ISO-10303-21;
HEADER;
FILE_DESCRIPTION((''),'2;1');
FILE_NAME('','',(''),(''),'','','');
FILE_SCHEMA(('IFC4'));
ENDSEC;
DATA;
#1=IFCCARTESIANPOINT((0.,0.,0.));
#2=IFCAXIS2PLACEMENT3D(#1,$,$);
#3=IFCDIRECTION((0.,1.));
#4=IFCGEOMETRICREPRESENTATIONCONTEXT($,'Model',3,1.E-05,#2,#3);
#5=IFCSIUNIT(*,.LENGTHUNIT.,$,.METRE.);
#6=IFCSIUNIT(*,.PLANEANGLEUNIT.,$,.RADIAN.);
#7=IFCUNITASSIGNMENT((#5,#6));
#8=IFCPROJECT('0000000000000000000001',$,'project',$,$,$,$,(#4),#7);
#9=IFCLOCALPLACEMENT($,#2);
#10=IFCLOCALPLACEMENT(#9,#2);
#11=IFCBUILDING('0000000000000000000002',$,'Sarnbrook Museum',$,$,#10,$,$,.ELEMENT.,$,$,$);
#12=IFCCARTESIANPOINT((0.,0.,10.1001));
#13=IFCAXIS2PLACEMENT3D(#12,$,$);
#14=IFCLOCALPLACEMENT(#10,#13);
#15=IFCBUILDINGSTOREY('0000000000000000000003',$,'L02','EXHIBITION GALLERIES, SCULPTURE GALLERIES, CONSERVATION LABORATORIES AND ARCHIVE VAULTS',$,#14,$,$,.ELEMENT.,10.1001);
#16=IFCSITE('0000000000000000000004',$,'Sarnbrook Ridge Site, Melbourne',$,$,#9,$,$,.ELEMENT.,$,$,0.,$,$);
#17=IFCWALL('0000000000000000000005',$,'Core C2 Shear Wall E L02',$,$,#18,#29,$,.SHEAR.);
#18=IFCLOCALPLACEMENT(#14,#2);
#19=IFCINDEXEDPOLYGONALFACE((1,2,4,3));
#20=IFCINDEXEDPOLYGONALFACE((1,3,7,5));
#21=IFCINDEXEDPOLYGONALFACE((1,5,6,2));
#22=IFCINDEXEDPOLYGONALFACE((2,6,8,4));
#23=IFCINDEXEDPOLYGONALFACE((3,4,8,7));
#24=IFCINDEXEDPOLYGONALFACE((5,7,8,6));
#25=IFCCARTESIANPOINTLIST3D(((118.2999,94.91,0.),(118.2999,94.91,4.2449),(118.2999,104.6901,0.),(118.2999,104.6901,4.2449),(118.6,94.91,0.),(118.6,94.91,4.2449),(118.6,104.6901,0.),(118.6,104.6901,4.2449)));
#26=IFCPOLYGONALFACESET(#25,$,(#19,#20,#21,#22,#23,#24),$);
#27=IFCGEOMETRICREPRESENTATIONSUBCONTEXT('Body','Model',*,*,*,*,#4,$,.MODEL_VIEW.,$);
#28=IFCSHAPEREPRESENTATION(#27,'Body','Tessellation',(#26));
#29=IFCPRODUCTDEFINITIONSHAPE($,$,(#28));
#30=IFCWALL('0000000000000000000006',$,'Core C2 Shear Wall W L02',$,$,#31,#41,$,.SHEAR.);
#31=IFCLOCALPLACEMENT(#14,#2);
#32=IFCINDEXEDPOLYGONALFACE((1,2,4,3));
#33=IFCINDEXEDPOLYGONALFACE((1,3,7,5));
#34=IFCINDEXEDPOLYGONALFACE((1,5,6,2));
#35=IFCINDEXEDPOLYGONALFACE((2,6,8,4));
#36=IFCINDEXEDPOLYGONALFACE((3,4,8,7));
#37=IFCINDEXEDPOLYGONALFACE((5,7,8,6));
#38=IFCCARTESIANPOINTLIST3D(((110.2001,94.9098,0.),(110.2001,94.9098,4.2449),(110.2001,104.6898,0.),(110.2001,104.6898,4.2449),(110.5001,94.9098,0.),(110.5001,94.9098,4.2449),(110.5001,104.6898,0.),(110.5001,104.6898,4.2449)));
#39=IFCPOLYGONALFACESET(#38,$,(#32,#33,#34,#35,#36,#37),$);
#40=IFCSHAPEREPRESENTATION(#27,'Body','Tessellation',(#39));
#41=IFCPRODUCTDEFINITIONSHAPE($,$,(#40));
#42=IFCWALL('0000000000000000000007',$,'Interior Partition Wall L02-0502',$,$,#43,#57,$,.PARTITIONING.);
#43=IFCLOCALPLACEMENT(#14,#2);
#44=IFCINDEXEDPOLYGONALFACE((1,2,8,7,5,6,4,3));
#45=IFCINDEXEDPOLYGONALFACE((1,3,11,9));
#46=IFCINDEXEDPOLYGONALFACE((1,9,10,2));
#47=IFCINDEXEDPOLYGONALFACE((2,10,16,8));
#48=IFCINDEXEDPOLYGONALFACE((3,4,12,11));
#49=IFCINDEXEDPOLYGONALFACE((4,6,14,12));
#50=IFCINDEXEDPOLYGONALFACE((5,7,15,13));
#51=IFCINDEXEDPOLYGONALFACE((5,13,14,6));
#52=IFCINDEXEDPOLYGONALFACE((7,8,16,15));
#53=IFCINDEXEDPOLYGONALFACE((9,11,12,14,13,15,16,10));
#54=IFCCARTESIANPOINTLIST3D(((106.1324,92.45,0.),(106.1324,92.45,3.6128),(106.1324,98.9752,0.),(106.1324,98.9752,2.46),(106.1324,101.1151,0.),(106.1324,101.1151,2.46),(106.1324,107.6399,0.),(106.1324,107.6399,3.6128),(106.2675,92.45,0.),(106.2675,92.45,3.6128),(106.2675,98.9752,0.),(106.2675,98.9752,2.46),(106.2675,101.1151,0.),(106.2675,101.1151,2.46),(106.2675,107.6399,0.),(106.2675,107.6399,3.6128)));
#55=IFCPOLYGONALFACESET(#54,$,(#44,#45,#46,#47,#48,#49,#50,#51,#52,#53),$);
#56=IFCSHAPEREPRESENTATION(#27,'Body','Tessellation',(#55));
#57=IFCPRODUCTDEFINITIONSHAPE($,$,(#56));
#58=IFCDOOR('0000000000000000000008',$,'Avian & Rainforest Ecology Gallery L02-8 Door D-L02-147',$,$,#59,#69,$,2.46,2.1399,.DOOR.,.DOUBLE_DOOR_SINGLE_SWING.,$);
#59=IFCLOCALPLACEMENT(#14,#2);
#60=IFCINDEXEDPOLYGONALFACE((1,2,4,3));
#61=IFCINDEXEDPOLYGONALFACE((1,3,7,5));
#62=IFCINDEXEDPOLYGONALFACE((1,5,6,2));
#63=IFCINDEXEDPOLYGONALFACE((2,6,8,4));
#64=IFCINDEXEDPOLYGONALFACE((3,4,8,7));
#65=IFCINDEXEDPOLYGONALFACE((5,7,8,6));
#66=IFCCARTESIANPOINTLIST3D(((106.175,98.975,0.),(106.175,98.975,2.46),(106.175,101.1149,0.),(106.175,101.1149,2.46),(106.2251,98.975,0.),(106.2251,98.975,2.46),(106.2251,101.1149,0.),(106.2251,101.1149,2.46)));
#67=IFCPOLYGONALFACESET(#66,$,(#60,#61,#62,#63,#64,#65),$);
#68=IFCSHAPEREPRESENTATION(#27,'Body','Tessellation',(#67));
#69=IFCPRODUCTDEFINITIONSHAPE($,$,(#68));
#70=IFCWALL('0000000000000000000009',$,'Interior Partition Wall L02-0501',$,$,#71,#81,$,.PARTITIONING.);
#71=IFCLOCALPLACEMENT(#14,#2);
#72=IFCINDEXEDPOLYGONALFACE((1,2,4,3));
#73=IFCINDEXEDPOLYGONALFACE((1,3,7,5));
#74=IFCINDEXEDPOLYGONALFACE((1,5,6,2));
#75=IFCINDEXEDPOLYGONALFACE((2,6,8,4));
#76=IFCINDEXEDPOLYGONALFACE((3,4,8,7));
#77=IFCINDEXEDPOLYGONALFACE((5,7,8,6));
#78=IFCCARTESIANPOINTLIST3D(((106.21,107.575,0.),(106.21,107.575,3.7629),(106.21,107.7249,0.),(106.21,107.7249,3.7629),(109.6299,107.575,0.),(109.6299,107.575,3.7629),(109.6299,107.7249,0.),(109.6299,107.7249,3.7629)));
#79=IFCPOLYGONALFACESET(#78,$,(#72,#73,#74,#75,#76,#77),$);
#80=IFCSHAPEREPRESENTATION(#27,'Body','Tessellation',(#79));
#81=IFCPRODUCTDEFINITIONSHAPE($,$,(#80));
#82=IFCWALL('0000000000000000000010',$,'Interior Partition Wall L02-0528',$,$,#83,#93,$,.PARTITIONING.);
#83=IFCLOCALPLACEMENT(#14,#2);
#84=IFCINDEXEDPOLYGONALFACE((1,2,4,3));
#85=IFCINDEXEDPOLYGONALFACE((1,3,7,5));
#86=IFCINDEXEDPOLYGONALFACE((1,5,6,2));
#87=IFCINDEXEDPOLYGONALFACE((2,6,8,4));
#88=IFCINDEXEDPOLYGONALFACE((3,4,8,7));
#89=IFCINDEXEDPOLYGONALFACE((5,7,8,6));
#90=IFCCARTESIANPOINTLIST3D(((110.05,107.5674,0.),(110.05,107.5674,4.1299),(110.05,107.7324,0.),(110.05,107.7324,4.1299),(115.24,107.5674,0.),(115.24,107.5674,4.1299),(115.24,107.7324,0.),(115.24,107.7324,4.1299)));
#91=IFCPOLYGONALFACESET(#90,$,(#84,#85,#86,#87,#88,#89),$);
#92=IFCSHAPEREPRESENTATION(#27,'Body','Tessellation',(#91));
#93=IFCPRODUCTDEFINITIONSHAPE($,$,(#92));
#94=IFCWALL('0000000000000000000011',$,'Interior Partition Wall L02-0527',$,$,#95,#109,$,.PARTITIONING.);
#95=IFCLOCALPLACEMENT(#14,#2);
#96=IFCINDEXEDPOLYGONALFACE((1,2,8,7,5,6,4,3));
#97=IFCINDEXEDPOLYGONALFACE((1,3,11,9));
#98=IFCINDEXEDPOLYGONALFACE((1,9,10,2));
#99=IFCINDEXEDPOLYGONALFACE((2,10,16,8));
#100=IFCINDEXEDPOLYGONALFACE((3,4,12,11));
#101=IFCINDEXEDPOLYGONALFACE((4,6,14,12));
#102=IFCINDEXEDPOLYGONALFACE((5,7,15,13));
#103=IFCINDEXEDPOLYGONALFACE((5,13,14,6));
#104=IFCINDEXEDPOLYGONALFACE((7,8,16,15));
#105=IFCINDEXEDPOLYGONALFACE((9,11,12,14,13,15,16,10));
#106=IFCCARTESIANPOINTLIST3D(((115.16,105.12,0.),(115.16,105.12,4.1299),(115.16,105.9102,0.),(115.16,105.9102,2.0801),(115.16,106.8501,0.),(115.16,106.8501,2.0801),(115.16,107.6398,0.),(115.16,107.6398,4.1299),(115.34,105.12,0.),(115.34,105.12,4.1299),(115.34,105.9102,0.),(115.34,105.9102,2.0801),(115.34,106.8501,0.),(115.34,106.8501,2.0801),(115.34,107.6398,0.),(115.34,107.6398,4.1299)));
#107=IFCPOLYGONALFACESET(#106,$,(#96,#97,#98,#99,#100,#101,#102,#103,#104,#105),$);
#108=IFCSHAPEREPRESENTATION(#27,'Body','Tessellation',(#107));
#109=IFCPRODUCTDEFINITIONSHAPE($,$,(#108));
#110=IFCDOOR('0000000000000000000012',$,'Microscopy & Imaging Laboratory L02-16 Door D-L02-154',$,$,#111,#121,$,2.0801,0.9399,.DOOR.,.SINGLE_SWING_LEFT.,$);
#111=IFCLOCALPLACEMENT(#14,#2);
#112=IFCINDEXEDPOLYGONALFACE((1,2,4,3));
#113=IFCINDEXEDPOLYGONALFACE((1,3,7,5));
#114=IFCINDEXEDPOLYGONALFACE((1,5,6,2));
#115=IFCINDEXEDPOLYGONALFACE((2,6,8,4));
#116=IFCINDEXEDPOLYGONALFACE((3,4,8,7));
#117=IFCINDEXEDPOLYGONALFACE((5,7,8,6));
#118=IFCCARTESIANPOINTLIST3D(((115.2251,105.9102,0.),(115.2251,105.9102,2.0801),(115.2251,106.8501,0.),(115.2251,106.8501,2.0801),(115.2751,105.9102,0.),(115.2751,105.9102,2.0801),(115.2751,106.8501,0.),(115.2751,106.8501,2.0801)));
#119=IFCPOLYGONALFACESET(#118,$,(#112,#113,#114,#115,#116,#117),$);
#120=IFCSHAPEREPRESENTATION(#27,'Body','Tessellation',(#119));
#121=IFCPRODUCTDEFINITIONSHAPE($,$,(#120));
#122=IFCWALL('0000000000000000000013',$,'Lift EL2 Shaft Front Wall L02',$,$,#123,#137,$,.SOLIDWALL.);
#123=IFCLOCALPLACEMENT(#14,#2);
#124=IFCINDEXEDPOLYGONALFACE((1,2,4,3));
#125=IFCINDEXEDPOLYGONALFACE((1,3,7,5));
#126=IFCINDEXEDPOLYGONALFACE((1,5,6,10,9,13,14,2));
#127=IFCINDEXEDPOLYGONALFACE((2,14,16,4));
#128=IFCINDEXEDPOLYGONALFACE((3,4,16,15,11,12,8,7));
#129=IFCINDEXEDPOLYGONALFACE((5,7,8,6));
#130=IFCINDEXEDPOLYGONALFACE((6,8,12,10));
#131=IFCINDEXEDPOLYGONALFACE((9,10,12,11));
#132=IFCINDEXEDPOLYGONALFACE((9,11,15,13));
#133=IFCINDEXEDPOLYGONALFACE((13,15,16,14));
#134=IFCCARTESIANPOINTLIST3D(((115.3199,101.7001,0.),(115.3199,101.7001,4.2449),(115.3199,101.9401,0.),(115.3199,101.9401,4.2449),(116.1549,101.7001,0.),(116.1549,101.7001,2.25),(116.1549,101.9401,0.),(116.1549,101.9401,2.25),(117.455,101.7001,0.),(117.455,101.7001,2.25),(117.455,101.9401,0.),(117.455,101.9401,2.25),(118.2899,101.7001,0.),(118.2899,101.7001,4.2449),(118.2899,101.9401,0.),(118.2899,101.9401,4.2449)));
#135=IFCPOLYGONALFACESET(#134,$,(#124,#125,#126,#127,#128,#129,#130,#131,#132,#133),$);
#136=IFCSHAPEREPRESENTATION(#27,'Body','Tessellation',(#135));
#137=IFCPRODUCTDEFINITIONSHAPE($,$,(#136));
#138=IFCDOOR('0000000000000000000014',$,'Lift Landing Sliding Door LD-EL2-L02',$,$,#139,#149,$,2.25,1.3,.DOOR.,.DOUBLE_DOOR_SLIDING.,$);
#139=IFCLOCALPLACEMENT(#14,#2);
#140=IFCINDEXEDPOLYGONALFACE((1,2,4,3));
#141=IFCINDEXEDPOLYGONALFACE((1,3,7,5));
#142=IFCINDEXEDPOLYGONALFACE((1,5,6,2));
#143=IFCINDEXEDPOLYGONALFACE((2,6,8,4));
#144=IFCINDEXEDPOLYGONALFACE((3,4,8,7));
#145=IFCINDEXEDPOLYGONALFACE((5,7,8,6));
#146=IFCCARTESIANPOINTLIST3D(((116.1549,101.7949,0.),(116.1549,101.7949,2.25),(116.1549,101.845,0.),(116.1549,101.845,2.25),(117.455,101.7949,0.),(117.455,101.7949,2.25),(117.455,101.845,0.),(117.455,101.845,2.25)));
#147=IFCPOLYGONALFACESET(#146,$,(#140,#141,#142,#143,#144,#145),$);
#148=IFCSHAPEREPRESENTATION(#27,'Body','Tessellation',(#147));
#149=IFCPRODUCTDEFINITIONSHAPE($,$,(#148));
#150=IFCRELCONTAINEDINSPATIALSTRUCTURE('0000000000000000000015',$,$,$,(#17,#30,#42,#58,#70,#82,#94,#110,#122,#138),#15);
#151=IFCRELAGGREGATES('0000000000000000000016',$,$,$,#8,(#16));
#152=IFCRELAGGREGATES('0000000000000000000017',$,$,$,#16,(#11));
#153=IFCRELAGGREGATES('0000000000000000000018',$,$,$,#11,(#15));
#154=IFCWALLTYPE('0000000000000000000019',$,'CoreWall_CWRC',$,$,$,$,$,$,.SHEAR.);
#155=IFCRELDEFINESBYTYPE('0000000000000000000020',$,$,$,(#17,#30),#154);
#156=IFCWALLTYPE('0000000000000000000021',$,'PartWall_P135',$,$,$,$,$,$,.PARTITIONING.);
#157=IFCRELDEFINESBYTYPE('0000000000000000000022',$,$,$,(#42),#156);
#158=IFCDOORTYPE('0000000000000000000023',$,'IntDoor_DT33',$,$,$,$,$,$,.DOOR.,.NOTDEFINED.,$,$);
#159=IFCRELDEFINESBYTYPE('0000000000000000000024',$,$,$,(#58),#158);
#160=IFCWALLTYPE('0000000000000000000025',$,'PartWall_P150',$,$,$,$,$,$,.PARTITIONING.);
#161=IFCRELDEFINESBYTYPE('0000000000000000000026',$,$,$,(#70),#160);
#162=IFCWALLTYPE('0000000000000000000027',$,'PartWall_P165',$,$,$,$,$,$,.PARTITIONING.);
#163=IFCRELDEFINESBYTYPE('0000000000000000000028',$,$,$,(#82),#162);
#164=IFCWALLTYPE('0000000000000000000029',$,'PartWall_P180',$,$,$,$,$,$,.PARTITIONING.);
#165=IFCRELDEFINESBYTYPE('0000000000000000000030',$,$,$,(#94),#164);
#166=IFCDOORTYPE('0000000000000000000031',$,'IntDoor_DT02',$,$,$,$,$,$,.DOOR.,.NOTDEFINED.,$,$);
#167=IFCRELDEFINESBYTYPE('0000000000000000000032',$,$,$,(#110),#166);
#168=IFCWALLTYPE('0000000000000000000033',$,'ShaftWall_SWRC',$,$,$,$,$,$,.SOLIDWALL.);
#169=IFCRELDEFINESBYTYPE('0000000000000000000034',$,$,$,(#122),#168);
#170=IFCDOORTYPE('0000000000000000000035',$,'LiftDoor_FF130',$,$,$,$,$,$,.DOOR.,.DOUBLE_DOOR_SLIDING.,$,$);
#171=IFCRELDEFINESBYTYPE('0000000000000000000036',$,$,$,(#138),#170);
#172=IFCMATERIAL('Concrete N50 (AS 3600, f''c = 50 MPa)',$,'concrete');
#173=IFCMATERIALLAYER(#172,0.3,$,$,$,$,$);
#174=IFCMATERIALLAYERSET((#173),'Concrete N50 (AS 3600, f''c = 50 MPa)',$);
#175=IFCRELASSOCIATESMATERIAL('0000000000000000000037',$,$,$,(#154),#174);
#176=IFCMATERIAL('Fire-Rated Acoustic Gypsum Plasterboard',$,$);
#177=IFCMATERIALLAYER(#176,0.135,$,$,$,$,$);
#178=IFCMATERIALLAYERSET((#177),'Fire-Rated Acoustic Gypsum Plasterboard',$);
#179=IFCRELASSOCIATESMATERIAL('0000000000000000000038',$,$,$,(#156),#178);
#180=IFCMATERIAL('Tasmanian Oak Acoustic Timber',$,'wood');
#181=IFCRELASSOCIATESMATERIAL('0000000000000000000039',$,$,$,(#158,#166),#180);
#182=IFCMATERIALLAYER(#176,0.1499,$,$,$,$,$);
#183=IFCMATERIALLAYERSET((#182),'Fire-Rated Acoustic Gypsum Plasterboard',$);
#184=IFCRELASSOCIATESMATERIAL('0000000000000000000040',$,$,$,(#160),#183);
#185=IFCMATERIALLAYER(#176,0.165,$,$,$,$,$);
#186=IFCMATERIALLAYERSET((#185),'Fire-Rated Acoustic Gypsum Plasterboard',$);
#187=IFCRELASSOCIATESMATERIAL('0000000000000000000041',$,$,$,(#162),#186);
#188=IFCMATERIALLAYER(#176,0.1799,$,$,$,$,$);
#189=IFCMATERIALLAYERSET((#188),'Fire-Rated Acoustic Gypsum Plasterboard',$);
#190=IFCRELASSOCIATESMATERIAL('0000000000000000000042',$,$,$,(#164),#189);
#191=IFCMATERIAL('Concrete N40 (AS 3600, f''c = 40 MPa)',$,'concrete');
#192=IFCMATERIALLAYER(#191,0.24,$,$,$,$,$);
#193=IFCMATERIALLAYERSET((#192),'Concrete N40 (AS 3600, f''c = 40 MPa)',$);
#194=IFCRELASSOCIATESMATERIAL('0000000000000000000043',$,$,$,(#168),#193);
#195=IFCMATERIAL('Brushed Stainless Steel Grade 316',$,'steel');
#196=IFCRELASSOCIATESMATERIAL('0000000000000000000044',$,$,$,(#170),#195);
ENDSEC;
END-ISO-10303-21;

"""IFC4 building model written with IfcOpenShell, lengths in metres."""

from ifc_helpers import new_model, si_unit, direction, frame, frame_2d, origin, place, context, subcontext, project, spatial, rectangle, extrude, material, layer, layer_set, type_object, element, fill, save


model = new_model("IFC4")

# Units and contexts
model_context = context("Model", 3, precision=1e-05, world=origin(), true_north=direction((0.0, 1.0)))
body_context = subcontext(model_context, "Body", "Model", "MODEL_VIEW")
ifc_project = project(units=[si_unit("LENGTHUNIT", "METRE"), si_unit("PLANEANGLEUNIT", "RADIAN")], contexts=[model_context])

# Site, building, storey
site_placement = place(None, origin())
site = spatial("IfcSite", under=ifc_project, at=site_placement, Name="Sarnbrook Ridge Site, Melbourne", CompositionType="ELEMENT", RefElevation=0.0)
building_placement = place(site_placement, origin())
building = spatial("IfcBuilding", under=site, at=building_placement, Name="Sarnbrook Museum", CompositionType="ELEMENT")
storey_placement = place(building_placement, frame((0.0, 0.0, 10.1001)))
storey = spatial("IfcBuildingStorey", under=building, at=storey_placement, Name="L02", Description="EXHIBITION GALLERIES, SCULPTURE GALLERIES, CONSERVATION LABORATORIES AND ARCHIVE VAULTS", CompositionType="ELEMENT", Elevation=10.1001)

# Walls
ifc_material_1 = material(Name="Concrete N50 (AS 3600, f'c = 50 MPa)", Category="concrete")
ifc_layer_1 = layer(ifc_material_1, 0.3)
ifc_layer_set_1 = layer_set([ifc_layer_1], Name="Concrete N50 (AS 3600, f'c = 50 MPa)")
wall_type_1 = type_object("IfcWallType", Name="CoreWall_CWRC", PredefinedType="SHEAR", material=ifc_layer_set_1)
for number, where, z_axis, x_axis, name in (
    (1, (118.45, 94.9099, 0.0), (0.0, 0.0, 1.0), (0.0, 1.0, 0.0), "Core C2 Shear Wall E L02"),
    (2, (110.3501, 104.6899, 0.0), (0.0, 0.0, 1.0), (0.0, -1.0, 0.0), "Core C2 Shear Wall W L02"),
):
    element("IfcWall", number, at=place(storey_placement, frame(where, z_axis=z_axis, x_axis=x_axis)), inside=storey, type_object=wall_type_1, Name=name, PredefinedType="SHEAR", context=body_context, shape_type="SweptSolid", body=[
        extrude(rectangle(XDim=9.78, YDim=0.3, at=frame_2d((4.8901, 0.0))), origin(), (0.0, 0.0, 1.0), 4.2449),
    ])

# Wall, opening, door
ifc_material_2 = material(Name="Fire-Rated Acoustic Gypsum Plasterboard")
ifc_layer_2 = layer(ifc_material_2, 0.135)
ifc_layer_set_2 = layer_set([ifc_layer_2], Name="Fire-Rated Acoustic Gypsum Plasterboard")
wall_type_2 = type_object("IfcWallType", Name="PartWall_P135", PredefinedType="PARTITIONING", material=ifc_layer_set_2)
wall_1_placement = place(storey_placement, frame((106.2, 107.6399, 0.0), z_axis=(0.0, 0.0, 1.0), x_axis=(0.0, -1.0, 0.0)))
wall_1 = element("IfcWall", 3, at=wall_1_placement, inside=storey, type_object=wall_type_2, Name="Interior Partition Wall L02-0502", PredefinedType="PARTITIONING", context=body_context, shape_type="SweptSolid", body=[
    extrude(rectangle(XDim=15.1899, YDim=0.135, at=frame_2d((7.595, 0.0))), origin(), (0.0, 0.0, 1.0), 3.6128),
])
opening_1_placement = place(wall_1_placement, frame((6.5249, 0.0, 0.0)))
opening_1 = element("IfcOpeningElement", 4, at=opening_1_placement, cuts=wall_1, PredefinedType="OPENING", context=body_context, shape_type="SweptSolid", body=[
    extrude(rectangle(XDim=2.1399, YDim=2.46, at=frame_2d((1.0698, 1.23))), frame((0.0, 0.0776, 0.0), z_axis=(0.0, -1.0, 0.0), x_axis=(1.0, 0.0, 0.0)), (0.0, 0.0, 1.0), 0.155),
])
ifc_material_3 = material(Name="Tasmanian Oak Acoustic Timber", Category="wood")
door_type_1 = type_object("IfcDoorType", Name="IntDoor_DT33", OperationType="NOTDEFINED", PredefinedType="DOOR", material=ifc_material_3)
door_1_placement = place(opening_1_placement, frame((2.1399, 0.0, 0.0), z_axis=(0.0, 0.0, 1.0), x_axis=(-1.0, 0.0, 0.0)))
door_1 = element("IfcDoor", 5, at=door_1_placement, inside=storey, type_object=door_type_1, Name="Avian & Rainforest Ecology Gallery L02-8 Door D-L02-147", OperationType="DOUBLE_DOOR_SINGLE_SWING", OverallHeight=2.46, OverallWidth=2.1399, PredefinedType="DOOR", context=body_context, shape_type="SweptSolid", body=[
    extrude(rectangle(XDim=2.1399, YDim=2.46, at=frame_2d((1.0698, 1.23))), frame((0.0, 0.0249, 0.0), z_axis=(0.0, -1.0, 0.0), x_axis=(1.0, 0.0, 0.0)), (0.0, 0.0, 1.0), 0.05),
])
fill(opening_1, door_1)

# Walls
ifc_layer_3 = layer(ifc_material_2, 0.1499)
ifc_layer_set_3 = layer_set([ifc_layer_3], Name="Fire-Rated Acoustic Gypsum Plasterboard")
wall_type_3 = type_object("IfcWallType", Name="PartWall_P150", PredefinedType="PARTITIONING", material=ifc_layer_set_3)
wall_2_placement = place(storey_placement, frame((109.6299, 107.6499, 0.0), z_axis=(0.0, 0.0, 1.0), x_axis=(-1.0, 0.0, 0.0)))
element("IfcWall", 6, at=wall_2_placement, inside=storey, type_object=wall_type_3, Name="Interior Partition Wall L02-0501", PredefinedType="PARTITIONING", context=body_context, shape_type="SweptSolid", body=[
    extrude(rectangle(XDim=3.4199, YDim=0.1499, at=frame_2d((1.71, 0.0))), origin(), (0.0, 0.0, 1.0), 3.7629),
])
ifc_layer_4 = layer(ifc_material_2, 0.165)
ifc_layer_set_4 = layer_set([ifc_layer_4], Name="Fire-Rated Acoustic Gypsum Plasterboard")
wall_type_4 = type_object("IfcWallType", Name="PartWall_P165", PredefinedType="PARTITIONING", material=ifc_layer_set_4)
wall_3_placement = place(storey_placement, frame((115.24, 107.6499, 0.0), z_axis=(0.0, 0.0, 1.0), x_axis=(-1.0, 0.0, 0.0)))
element("IfcWall", 7, at=wall_3_placement, inside=storey, type_object=wall_type_4, Name="Interior Partition Wall L02-0528", PredefinedType="PARTITIONING", context=body_context, shape_type="SweptSolid", body=[
    extrude(rectangle(XDim=5.1899, YDim=0.165, at=frame_2d((2.595, 0.0))), origin(), (0.0, 0.0, 1.0), 4.1299),
])

# Walls, openings, doors
ifc_layer_5 = layer(ifc_material_2, 0.1799)
ifc_layer_set_5 = layer_set([ifc_layer_5], Name="Fire-Rated Acoustic Gypsum Plasterboard")
wall_type_5 = type_object("IfcWallType", Name="PartWall_P180", PredefinedType="PARTITIONING", material=ifc_layer_set_5)
wall_4_placement = place(storey_placement, frame((115.25, 105.1201, 0.0), z_axis=(0.0, 0.0, 1.0), x_axis=(0.0, 1.0, 0.0)))
wall_4 = element("IfcWall", 8, at=wall_4_placement, inside=storey, type_object=wall_type_5, Name="Interior Partition Wall L02-0527", PredefinedType="PARTITIONING", context=body_context, shape_type="SweptSolid", body=[
    extrude(rectangle(XDim=2.5198, YDim=0.1799, at=frame_2d((1.2598, 0.0))), origin(), (0.0, 0.0, 1.0), 4.1299),
])
opening_2_placement = place(wall_4_placement, frame((0.79, 0.0, 0.0)))
opening_2 = element("IfcOpeningElement", 9, at=opening_2_placement, cuts=wall_4, PredefinedType="OPENING", context=body_context, shape_type="SweptSolid", body=[
    extrude(rectangle(XDim=0.9399, YDim=2.0801, at=frame_2d((0.47, 1.04))), frame((0.0, 0.1001, 0.0), z_axis=(0.0, -1.0, 0.0), x_axis=(1.0, 0.0, 0.0)), (0.0, 0.0, 1.0), 0.2),
])
door_type_2 = type_object("IfcDoorType", Name="IntDoor_DT02", OperationType="NOTDEFINED", PredefinedType="DOOR", material=ifc_material_3)
door_2_placement = place(opening_2_placement, origin())
door_2 = element("IfcDoor", 10, at=door_2_placement, inside=storey, type_object=door_type_2, Name="Microscopy & Imaging Laboratory L02-16 Door D-L02-154", OperationType="SINGLE_SWING_LEFT", OverallHeight=2.0801, OverallWidth=0.9399, PredefinedType="DOOR", context=body_context, shape_type="SweptSolid", body=[
    extrude(rectangle(XDim=0.9399, YDim=2.0801, at=frame_2d((0.47, 1.04))), frame((0.0, 0.0249, 0.0), z_axis=(0.0, -1.0, 0.0), x_axis=(1.0, 0.0, 0.0)), (0.0, 0.0, 1.0), 0.05),
])
fill(opening_2, door_2)
ifc_material_4 = material(Name="Concrete N40 (AS 3600, f'c = 40 MPa)", Category="concrete")
ifc_layer_6 = layer(ifc_material_4, 0.24)
ifc_layer_set_6 = layer_set([ifc_layer_6], Name="Concrete N40 (AS 3600, f'c = 40 MPa)")
wall_type_6 = type_object("IfcWallType", Name="ShaftWall_SWRC", PredefinedType="SOLIDWALL", material=ifc_layer_set_6)
wall_5_placement = place(storey_placement, frame((115.3201, 101.8201, 0.0), z_axis=(0.0, 0.0, 1.0), x_axis=(1.0, 0.0, 0.0)))
wall_5 = element("IfcWall", 11, at=wall_5_placement, inside=storey, type_object=wall_type_6, Name="Lift EL2 Shaft Front Wall L02", PredefinedType="SOLIDWALL", context=body_context, shape_type="SweptSolid", body=[
    extrude(rectangle(XDim=2.97, YDim=0.24, at=frame_2d((1.4849, 0.0))), origin(), (0.0, 0.0, 1.0), 4.2449),
])
opening_3_placement = place(wall_5_placement, frame((0.835, 0.0, 0.0)))
opening_3 = element("IfcOpeningElement", 12, at=opening_3_placement, cuts=wall_5, PredefinedType="OPENING", context=body_context, shape_type="SweptSolid", body=[
    extrude(rectangle(XDim=1.3, YDim=2.25, at=frame_2d((0.6499, 1.125))), frame((0.0, 0.1299, 0.0), z_axis=(0.0, -1.0, 0.0), x_axis=(1.0, 0.0, 0.0)), (0.0, 0.0, 1.0), 0.26),
])
ifc_material_5 = material(Name="Brushed Stainless Steel Grade 316", Category="steel")
door_type_3 = type_object("IfcDoorType", Name="LiftDoor_FF130", OperationType="DOUBLE_DOOR_SLIDING", PredefinedType="DOOR", material=ifc_material_5)
door_3_placement = place(opening_3_placement, origin())
door_3 = element("IfcDoor", 13, at=door_3_placement, inside=storey, type_object=door_type_3, Name="Lift Landing Sliding Door LD-EL2-L02", OperationType="DOUBLE_DOOR_SLIDING", OverallHeight=2.25, OverallWidth=1.3, PredefinedType="DOOR", context=body_context, shape_type="SweptSolid", body=[
    extrude(rectangle(XDim=1.3, YDim=2.25, at=frame_2d((0.6499, 1.125))), frame((0.0, 0.0249, 0.0), z_axis=(0.0, -1.0, 0.0), x_axis=(1.0, 0.0, 0.0)), (0.0, 0.0, 1.0), 0.05),
])
fill(opening_3, door_3)

save(model, "model.ifc")
